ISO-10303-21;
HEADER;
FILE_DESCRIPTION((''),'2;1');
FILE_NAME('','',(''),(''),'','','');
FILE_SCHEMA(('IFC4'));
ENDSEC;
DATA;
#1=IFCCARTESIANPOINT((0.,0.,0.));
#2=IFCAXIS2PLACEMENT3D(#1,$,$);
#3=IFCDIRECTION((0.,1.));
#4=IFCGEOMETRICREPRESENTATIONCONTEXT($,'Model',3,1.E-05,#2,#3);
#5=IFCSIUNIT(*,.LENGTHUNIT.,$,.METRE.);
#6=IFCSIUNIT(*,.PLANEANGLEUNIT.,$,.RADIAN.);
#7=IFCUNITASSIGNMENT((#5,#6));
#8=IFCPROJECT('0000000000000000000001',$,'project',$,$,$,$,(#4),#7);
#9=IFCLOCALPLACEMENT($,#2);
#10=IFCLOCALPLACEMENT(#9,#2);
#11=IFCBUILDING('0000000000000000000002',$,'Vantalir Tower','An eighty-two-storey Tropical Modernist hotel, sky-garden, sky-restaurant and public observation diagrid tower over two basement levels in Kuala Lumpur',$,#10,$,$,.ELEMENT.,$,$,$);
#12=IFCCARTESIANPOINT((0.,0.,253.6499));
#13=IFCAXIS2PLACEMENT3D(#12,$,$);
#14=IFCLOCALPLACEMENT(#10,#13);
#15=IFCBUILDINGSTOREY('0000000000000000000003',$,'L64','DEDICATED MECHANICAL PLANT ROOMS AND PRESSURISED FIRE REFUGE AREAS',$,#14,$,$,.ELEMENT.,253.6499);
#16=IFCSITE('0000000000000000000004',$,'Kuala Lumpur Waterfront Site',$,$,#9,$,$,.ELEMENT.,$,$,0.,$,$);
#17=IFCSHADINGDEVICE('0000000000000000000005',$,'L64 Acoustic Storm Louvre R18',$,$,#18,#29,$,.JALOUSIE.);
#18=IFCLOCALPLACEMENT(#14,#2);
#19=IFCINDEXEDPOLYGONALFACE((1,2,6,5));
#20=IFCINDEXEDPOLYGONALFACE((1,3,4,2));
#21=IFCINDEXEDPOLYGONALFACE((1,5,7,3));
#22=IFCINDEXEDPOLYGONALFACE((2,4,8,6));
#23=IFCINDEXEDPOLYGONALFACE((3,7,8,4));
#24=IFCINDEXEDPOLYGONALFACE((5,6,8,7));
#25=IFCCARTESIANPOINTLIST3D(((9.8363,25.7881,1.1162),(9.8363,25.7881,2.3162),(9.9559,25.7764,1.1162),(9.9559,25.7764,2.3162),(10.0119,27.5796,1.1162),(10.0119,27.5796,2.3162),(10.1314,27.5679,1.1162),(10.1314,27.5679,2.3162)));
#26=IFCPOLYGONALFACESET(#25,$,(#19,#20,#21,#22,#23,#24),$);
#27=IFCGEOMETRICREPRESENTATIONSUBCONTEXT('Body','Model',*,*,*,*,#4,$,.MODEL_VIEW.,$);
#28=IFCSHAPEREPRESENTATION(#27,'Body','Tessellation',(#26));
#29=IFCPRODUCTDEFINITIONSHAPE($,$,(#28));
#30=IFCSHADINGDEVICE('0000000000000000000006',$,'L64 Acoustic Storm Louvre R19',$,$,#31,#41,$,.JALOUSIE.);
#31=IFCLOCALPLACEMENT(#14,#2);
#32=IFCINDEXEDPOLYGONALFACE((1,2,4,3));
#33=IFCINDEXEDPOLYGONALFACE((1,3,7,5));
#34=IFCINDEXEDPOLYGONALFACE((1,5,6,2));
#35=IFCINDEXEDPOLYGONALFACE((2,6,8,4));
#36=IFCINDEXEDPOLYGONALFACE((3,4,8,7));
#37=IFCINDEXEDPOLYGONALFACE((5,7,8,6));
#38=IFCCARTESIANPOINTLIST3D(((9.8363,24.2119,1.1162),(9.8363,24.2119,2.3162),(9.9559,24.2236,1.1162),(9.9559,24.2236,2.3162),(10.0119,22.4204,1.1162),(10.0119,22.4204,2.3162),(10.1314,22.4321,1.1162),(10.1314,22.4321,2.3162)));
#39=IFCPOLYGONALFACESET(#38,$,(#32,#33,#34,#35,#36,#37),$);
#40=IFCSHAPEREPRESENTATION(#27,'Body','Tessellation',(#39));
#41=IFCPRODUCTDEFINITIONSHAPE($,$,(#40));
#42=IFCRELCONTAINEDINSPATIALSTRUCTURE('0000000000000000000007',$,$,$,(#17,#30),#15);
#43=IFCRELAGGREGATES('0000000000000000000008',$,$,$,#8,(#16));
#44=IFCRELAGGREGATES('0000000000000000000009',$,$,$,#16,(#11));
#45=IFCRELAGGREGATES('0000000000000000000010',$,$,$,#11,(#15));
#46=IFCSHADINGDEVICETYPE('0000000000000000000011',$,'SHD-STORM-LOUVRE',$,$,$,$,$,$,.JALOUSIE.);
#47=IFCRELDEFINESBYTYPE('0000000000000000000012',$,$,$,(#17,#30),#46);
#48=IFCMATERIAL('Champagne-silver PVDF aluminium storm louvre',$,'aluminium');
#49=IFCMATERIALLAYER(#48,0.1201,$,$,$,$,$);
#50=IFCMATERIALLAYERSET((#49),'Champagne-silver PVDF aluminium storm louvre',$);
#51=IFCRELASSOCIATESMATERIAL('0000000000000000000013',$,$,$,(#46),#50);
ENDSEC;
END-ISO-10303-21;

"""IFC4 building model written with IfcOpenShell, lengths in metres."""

from ifc_helpers import new_model, si_unit, direction, frame, origin, origin_2d, place, context, subcontext, project, spatial, rectangle, extrude, material, layer, layer_set, type_object, element, save


model = new_model("IFC4")

# Units and contexts
model_context = context("Model", 3, precision=1e-05, world=origin(), true_north=direction((0.0, 1.0)))
body_context = subcontext(model_context, "Body", "Model", "MODEL_VIEW")
ifc_project = project(units=[si_unit("LENGTHUNIT", "METRE"), si_unit("PLANEANGLEUNIT", "RADIAN")], contexts=[model_context])

# Site, building, storey
site_placement = place(None, origin())
site = spatial("IfcSite", under=ifc_project, at=site_placement, Name="Kuala Lumpur Waterfront Site", CompositionType="ELEMENT", RefElevation=0.0)
building_placement = place(site_placement, origin())
building = spatial("IfcBuilding", under=site, at=building_placement, Name="Vantalir Tower", Description="An eighty-two-storey Tropical Modernist hotel, sky-garden, sky-restaurant and public observation diagrid tower over two basement levels in Kuala Lumpur", CompositionType="ELEMENT")
storey_placement = place(building_placement, frame((0.0, 0.0, 253.6499)))
storey = spatial("IfcBuildingStorey", under=building, at=storey_placement, Name="L64", Description="DEDICATED MECHANICAL PLANT ROOMS AND PRESSURISED FIRE REFUGE AREAS", CompositionType="ELEMENT", Elevation=253.6499)

# Shading devices
ifc_material_1 = material(Name="Champagne-silver PVDF aluminium storm louvre", Category="aluminium")
ifc_layer_1 = layer(ifc_material_1, 0.1201)
ifc_layer_set_1 = layer_set([ifc_layer_1], Name="Champagne-silver PVDF aluminium storm louvre")
shading_device_type = type_object("IfcShadingDeviceType", Name="SHD-STORM-LOUVRE", PredefinedType="JALOUSIE", material=ifc_layer_set_1)
for number, where, z_axis, x_axis, name in (
    (1, (9.9839, 26.678, 1.1162), (0.0, 0.0, 1.0), (-0.097531, -0.995233, 0.0), "L64 Acoustic Storm Louvre R18"),
    (2, (9.9839, 23.322, 1.1162), (0.0, 0.0, 1.0), (0.097531, -0.995233, 0.0), "L64 Acoustic Storm Louvre R19"),
):
    element("IfcShadingDevice", number, at=place(storey_placement, frame(where, z_axis=z_axis, x_axis=x_axis)), inside=storey, type_object=shading_device_type, Name=name, PredefinedType="JALOUSIE", context=body_context, shape_type="SweptSolid", body=[
        extrude(rectangle(XDim=1.8, YDim=0.1201, at=origin_2d()), origin(), (0.0, 0.0, 1.0), 1.2),
    ])

save(model, "model.ifc")
